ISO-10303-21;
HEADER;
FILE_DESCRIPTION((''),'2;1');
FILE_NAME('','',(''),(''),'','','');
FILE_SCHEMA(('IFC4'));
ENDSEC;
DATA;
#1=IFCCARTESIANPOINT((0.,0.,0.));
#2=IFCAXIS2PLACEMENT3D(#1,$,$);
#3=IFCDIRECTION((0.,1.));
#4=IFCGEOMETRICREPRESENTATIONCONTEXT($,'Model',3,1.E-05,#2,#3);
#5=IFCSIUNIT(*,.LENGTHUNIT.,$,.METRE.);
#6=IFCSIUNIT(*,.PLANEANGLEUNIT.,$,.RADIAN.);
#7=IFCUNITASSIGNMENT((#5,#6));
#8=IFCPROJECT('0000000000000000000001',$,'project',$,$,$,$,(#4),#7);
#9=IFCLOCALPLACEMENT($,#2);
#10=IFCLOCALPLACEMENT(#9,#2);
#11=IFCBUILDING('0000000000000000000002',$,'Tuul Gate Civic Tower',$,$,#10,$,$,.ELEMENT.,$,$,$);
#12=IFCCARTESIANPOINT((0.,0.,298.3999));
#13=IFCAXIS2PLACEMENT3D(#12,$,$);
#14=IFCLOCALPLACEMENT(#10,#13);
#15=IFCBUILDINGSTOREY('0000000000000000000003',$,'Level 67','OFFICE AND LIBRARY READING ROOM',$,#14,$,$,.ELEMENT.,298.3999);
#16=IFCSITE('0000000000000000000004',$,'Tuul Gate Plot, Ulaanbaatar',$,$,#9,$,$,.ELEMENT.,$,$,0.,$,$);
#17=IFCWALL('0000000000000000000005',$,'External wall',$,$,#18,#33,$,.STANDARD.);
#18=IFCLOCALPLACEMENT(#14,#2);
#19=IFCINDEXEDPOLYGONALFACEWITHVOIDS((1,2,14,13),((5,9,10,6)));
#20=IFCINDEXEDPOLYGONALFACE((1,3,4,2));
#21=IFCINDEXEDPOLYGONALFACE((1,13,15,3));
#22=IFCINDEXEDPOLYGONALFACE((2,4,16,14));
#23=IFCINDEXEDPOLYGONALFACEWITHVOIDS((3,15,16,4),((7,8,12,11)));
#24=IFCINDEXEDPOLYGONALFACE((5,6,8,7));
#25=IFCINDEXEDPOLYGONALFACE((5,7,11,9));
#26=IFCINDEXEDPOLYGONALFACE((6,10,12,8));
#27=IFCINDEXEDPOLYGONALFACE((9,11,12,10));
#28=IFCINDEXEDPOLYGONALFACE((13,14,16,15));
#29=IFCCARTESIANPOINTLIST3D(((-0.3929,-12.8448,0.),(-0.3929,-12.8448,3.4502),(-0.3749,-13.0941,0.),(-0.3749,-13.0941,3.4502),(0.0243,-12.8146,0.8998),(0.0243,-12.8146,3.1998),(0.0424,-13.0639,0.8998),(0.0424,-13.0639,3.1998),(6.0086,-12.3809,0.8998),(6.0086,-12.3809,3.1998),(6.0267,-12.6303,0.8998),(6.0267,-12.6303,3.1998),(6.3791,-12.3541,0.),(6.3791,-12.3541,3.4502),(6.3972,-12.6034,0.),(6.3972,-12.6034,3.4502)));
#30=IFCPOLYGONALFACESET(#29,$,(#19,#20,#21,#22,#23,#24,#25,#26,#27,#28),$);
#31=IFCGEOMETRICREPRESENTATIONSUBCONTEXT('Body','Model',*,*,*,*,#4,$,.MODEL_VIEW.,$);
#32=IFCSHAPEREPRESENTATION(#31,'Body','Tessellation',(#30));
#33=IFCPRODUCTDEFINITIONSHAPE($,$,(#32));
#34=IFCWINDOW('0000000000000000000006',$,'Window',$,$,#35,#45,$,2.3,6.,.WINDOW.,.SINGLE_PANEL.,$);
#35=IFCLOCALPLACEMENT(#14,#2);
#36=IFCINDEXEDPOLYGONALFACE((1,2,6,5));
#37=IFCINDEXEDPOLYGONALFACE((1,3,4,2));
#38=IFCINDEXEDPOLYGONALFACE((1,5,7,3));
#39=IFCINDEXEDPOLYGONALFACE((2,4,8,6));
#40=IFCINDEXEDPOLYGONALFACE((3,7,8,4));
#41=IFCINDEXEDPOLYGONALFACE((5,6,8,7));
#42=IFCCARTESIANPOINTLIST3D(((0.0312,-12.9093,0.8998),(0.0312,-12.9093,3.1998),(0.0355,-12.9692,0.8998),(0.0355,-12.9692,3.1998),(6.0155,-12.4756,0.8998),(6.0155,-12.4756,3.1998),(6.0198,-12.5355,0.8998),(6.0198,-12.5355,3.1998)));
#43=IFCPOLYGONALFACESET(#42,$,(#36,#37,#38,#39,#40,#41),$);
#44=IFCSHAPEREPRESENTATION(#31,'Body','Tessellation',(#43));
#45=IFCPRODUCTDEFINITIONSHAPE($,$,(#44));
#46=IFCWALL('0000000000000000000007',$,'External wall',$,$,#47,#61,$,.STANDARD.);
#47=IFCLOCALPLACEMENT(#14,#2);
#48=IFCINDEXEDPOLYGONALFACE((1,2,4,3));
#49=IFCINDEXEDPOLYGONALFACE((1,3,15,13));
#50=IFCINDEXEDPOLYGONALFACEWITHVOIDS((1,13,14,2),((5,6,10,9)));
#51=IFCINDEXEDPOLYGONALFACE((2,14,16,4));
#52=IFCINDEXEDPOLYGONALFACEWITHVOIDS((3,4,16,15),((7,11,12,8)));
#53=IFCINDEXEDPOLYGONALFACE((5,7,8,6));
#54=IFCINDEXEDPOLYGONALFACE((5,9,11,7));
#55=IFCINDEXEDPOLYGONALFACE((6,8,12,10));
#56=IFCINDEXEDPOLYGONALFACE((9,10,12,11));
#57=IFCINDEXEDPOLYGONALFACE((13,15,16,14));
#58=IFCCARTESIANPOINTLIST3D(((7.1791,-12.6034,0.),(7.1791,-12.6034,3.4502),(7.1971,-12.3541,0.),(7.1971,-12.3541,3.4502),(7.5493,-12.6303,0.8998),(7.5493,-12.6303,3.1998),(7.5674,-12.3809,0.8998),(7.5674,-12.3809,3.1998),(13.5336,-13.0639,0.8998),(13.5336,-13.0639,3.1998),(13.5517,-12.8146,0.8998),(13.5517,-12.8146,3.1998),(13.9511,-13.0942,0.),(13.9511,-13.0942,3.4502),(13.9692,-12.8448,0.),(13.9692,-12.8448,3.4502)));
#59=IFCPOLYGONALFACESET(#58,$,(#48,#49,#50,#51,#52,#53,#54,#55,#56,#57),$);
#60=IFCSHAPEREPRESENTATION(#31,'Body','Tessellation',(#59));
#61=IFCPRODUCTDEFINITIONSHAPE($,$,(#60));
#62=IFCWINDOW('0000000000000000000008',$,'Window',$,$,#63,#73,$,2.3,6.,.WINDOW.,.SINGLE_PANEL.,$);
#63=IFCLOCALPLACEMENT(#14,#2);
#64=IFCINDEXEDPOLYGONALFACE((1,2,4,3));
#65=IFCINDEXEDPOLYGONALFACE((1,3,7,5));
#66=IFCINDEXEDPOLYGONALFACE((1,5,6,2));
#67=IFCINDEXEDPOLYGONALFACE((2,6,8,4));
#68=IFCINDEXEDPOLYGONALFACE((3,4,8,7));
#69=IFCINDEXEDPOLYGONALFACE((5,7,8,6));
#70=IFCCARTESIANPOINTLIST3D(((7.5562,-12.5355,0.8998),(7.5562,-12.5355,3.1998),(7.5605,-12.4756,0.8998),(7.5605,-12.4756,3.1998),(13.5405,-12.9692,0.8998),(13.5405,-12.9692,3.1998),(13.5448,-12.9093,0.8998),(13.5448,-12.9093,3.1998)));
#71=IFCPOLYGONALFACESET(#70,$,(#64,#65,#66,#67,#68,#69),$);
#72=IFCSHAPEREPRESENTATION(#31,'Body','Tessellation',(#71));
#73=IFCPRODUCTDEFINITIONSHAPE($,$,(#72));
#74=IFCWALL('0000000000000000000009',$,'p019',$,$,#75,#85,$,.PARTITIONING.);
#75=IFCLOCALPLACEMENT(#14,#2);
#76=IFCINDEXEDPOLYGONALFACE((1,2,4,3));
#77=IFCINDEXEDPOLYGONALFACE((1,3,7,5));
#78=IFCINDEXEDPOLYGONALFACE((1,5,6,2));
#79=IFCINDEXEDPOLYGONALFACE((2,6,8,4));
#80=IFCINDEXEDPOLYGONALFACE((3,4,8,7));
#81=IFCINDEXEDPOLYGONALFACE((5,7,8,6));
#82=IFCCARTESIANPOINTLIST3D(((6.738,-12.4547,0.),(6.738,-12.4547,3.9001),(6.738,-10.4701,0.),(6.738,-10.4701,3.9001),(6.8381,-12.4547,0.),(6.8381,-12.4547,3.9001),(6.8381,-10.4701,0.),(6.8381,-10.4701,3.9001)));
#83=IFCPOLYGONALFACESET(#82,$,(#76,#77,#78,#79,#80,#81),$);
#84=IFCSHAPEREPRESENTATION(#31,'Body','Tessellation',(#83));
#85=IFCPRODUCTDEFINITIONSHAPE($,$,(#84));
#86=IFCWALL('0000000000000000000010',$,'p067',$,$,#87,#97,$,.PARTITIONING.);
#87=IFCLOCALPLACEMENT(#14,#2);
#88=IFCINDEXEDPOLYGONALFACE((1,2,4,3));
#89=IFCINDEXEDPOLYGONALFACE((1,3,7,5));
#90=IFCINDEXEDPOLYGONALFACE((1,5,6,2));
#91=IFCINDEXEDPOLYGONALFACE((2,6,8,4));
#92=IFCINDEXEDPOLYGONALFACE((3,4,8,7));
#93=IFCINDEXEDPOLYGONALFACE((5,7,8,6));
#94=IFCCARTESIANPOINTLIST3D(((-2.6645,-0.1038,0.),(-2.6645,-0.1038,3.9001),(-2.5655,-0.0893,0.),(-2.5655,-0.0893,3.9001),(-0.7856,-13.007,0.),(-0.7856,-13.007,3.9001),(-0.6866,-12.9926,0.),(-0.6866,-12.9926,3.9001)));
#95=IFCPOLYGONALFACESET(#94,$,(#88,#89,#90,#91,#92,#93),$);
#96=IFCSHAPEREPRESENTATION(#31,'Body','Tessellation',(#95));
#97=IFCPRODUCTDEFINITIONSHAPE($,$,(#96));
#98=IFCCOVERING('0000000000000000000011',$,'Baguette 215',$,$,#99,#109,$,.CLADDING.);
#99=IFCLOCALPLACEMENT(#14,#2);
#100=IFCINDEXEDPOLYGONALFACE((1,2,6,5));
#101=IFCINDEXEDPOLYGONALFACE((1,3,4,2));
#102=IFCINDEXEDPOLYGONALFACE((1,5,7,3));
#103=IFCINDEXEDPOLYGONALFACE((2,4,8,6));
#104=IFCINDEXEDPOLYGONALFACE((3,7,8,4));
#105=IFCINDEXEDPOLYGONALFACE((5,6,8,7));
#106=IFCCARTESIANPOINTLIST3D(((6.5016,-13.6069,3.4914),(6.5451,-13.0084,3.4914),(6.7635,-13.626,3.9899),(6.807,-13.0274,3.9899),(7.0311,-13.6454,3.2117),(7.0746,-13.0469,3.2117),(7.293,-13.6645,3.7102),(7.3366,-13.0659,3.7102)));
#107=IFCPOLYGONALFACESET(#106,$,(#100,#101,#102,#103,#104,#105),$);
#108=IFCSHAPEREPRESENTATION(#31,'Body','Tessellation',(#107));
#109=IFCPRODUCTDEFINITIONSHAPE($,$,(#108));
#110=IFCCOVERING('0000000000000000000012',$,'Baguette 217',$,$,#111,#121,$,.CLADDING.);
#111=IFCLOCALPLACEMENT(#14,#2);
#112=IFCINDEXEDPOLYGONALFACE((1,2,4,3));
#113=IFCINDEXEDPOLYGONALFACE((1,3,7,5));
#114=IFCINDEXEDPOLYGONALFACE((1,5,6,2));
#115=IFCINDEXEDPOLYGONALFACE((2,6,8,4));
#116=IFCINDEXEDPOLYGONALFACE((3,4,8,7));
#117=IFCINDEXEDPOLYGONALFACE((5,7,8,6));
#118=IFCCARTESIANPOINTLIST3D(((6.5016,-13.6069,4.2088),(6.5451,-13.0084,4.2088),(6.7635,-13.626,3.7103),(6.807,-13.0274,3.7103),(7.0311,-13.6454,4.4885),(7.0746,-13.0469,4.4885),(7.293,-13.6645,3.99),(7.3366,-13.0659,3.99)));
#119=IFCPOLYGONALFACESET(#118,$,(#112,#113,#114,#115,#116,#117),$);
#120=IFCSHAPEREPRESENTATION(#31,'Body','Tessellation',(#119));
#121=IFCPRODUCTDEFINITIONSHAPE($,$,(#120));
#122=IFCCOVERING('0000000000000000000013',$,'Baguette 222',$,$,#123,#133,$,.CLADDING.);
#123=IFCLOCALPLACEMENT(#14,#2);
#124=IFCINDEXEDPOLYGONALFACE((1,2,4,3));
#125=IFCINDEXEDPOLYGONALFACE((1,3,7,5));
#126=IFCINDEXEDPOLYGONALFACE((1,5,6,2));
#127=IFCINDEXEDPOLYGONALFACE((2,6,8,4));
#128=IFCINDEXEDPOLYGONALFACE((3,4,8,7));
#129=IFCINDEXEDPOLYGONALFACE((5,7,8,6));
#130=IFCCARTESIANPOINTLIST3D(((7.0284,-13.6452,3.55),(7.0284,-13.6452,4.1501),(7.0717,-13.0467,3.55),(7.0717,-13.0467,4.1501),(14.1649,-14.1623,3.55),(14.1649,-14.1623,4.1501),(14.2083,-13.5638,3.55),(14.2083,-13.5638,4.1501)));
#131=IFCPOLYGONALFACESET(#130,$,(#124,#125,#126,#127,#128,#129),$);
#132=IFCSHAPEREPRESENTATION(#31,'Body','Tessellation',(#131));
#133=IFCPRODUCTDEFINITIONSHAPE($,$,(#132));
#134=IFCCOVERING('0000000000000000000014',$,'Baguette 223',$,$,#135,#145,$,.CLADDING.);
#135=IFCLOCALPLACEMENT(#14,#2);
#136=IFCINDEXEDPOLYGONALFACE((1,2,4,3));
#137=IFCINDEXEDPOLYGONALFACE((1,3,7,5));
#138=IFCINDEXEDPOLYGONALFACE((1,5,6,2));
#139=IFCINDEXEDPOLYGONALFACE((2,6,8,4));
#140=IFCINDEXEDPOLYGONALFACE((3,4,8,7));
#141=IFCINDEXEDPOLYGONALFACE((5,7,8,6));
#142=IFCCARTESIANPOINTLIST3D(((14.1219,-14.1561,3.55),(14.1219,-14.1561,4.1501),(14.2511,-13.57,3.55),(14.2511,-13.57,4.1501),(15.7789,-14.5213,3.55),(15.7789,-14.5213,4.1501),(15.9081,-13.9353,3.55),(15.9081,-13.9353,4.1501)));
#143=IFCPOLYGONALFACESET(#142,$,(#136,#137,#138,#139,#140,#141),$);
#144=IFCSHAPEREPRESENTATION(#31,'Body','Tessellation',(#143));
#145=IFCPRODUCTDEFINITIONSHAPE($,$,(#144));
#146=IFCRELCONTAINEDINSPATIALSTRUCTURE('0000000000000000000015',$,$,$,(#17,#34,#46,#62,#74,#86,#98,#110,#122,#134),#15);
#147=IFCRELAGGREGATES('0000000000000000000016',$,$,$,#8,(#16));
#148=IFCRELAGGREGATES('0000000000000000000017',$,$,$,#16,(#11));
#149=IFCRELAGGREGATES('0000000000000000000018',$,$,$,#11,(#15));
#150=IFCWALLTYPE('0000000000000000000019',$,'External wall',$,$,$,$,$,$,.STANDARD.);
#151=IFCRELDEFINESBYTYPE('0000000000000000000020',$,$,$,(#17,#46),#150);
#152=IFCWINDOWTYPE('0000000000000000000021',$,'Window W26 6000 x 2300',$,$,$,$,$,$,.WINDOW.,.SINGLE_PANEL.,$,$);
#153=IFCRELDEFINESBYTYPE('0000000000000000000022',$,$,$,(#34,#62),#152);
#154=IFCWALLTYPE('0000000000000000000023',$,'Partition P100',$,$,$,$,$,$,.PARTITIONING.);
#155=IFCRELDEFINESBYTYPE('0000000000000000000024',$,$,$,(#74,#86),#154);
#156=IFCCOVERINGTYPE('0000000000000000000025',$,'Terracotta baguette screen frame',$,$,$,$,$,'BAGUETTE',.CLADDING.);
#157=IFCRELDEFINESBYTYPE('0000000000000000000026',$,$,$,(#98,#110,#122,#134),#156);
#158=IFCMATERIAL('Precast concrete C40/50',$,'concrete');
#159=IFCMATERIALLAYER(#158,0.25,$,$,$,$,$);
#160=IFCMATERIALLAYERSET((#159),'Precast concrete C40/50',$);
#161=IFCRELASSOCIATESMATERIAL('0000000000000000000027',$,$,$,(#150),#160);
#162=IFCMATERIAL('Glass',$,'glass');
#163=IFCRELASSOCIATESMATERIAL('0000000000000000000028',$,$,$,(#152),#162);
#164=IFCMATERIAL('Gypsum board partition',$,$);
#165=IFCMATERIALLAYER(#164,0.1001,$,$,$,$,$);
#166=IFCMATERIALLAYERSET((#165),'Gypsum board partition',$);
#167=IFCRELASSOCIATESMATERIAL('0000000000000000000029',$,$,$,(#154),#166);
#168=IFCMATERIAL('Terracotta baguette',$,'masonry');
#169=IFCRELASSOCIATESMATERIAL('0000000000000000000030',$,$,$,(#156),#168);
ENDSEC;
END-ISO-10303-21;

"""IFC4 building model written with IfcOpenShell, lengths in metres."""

from ifc_helpers import new_model, si_unit, direction, frame, frame_2d, origin, origin_2d, place, context, subcontext, project, spatial, rectangle, extrude, material, layer, layer_set, material_profile, profile_set, type_object, element, fill, save


model = new_model("IFC4")

# Units and contexts
model_context = context("Model", 3, precision=1e-05, world=origin(), true_north=direction((0.0, 1.0)))
body_context = subcontext(model_context, "Body", "Model", "MODEL_VIEW")
ifc_project = project(units=[si_unit("LENGTHUNIT", "METRE"), si_unit("PLANEANGLEUNIT", "RADIAN")], contexts=[model_context])

# Site, building, storey
site_placement = place(None, origin())
site = spatial("IfcSite", under=ifc_project, at=site_placement, Name="Tuul Gate Plot, Ulaanbaatar", CompositionType="ELEMENT", RefElevation=0.0)
building_placement = place(site_placement, origin())
building = spatial("IfcBuilding", under=site, at=building_placement, Name="Tuul Gate Civic Tower", CompositionType="ELEMENT")
storey_placement = place(building_placement, frame((0.0, 0.0, 298.3999)))
storey = spatial("IfcBuildingStorey", under=building, at=storey_placement, Name="Level 67", Description="OFFICE AND LIBRARY READING ROOM", CompositionType="ELEMENT", Elevation=298.3999)

# Walls, openings, windows
ifc_material_1 = material(Name="Precast concrete C40/50", Category="concrete")
ifc_layer_1 = layer(ifc_material_1, 0.25)
ifc_layer_set_1 = layer_set([ifc_layer_1], Name="Precast concrete C40/50")
wall_type_1 = type_object("IfcWallType", Name="External wall", PredefinedType="STANDARD", material=ifc_layer_set_1)
ifc_material_2 = material(Name="Glass", Category="glass")
window_type = type_object("IfcWindowType", Name="Window W26 6000 x 2300", PartitioningType="SINGLE_PANEL", PredefinedType="WINDOW", material=ifc_material_2)
wall_1_placement = place(storey_placement, frame((-0.384, -12.9695, 0.0), z_axis=(0.0, 0.0, 1.0), x_axis=(0.997385, 0.072274, 0.0)))
wall_1 = element("IfcWall", 1, at=wall_1_placement, inside=storey, type_object=wall_type_1, Name="External wall", PredefinedType="STANDARD", context=body_context, shape_type="SweptSolid", body=[
    extrude(rectangle(XDim=6.7898, YDim=0.25, at=frame_2d((3.395, 0.0))), origin(), (0.0, 0.0, 1.0), 3.4502),
])
opening_1_placement = place(wall_1_placement, frame((0.4185, 0.0, 0.8999)))
opening_1 = element("IfcOpeningElement", 2, at=opening_1_placement, cuts=wall_1, PredefinedType="OPENING", context=body_context, shape_type="SweptSolid", body=[
    extrude(rectangle(XDim=6.0, YDim=2.3, at=frame_2d((3.0, 1.1499))), frame((0.0, 0.135, 0.0), z_axis=(0.0, -1.0, 0.0), x_axis=(1.0, 0.0, 0.0)), (0.0, 0.0, 1.0), 0.27),
])
window_1_placement = place(opening_1_placement, origin())
window_1 = element("IfcWindow", 3, at=window_1_placement, inside=storey, type_object=window_type, Name="Window", OverallHeight=2.3, OverallWidth=6.0, PartitioningType="SINGLE_PANEL", PredefinedType="WINDOW", context=body_context, shape_type="SweptSolid", body=[
    extrude(rectangle(XDim=6.0, YDim=2.3, at=frame_2d((3.0, 1.1499))), frame((0.0, 0.03, 0.0), z_axis=(0.0, -1.0, 0.0), x_axis=(1.0, 0.0, 0.0)), (0.0, 0.0, 1.0), 0.0601),
])
fill(opening_1, window_1)
wall_2_placement = place(storey_placement, frame((7.188, -12.4788, 0.0), z_axis=(0.0, 0.0, 1.0), x_axis=(0.997385, -0.072274, 0.0)))
wall_2 = element("IfcWall", 4, at=wall_2_placement, inside=storey, type_object=wall_type_1, Name="External wall", PredefinedType="STANDARD", context=body_context, shape_type="SweptSolid", body=[
    extrude(rectangle(XDim=6.7898, YDim=0.25, at=frame_2d((3.395, 0.0))), origin(), (0.0, 0.0, 1.0), 3.4502),
])
opening_2_placement = place(wall_2_placement, frame((0.3713, 0.0, 0.8999)))
opening_2 = element("IfcOpeningElement", 5, at=opening_2_placement, cuts=wall_2, PredefinedType="OPENING", context=body_context, shape_type="SweptSolid", body=[
    extrude(rectangle(XDim=6.0, YDim=2.3, at=frame_2d((3.0, 1.1499))), frame((0.0, 0.135, 0.0), z_axis=(0.0, -1.0, 0.0), x_axis=(1.0, 0.0, 0.0)), (0.0, 0.0, 1.0), 0.27),
])
window_2_placement = place(opening_2_placement, origin())
window_2 = element("IfcWindow", 6, at=window_2_placement, inside=storey, type_object=window_type, Name="Window", OverallHeight=2.3, OverallWidth=6.0, PartitioningType="SINGLE_PANEL", PredefinedType="WINDOW", context=body_context, shape_type="SweptSolid", body=[
    extrude(rectangle(XDim=6.0, YDim=2.3, at=frame_2d((3.0, 1.1499))), frame((0.0, 0.03, 0.0), z_axis=(0.0, -1.0, 0.0), x_axis=(1.0, 0.0, 0.0)), (0.0, 0.0, 1.0), 0.0601),
])
fill(opening_2, window_2)

# Walls
ifc_material_3 = material(Name="Gypsum board partition")
ifc_layer_2 = layer(ifc_material_3, 0.1001)
ifc_layer_set_2 = layer_set([ifc_layer_2], Name="Gypsum board partition")
wall_type_2 = type_object("IfcWallType", Name="Partition P100", PredefinedType="PARTITIONING", material=ifc_layer_set_2)
wall_3_placement = place(storey_placement, frame((6.7881, -12.4546, 0.0), z_axis=(0.0, 0.0, 1.0), x_axis=(0.0, 1.0, 0.0)))
element("IfcWall", 7, at=wall_3_placement, inside=storey, type_object=wall_type_2, Name="p019", PredefinedType="PARTITIONING", context=body_context, shape_type="SweptSolid", body=[
    extrude(rectangle(XDim=1.9846, YDim=0.1001, at=frame_2d((0.9922, 0.0))), origin(), (0.0, 0.0, 1.0), 3.9001),
])
wall_4_placement = place(storey_placement, frame((-2.615, -0.0967, 0.0), z_axis=(0.0, 0.0, 1.0), x_axis=(0.144095, -0.989564, 0.0)))
element("IfcWall", 8, at=wall_4_placement, inside=storey, type_object=wall_type_2, Name="p067", PredefinedType="PARTITIONING", context=body_context, shape_type="SweptSolid", body=[
    extrude(rectangle(XDim=13.0393, YDim=0.1001, at=frame_2d((6.5195, 0.0))), origin(), (0.0, 0.0, 1.0), 3.9001),
])

# Coverings
ifc_material_4 = material(Name="Terracotta baguette", Category="masonry")
ifc_material_profile_1 = material_profile(ifc_material_4, rectangle(XDim=0.6001, YDim=0.6001, at=origin_2d()), Name="Terracotta baguette screen frame")
ifc_profile_set_1 = profile_set([ifc_material_profile_1], Name="Terracotta baguette")
covering_type = type_object("IfcCoveringType", Name="Terracotta baguette screen frame", ElementType="BAGUETTE", PredefinedType="CLADDING", material=ifc_profile_set_1)
for number, where, z_axis, x_axis, name in (
    (9, (6.7881, -13.3269, 3.3516), (0.464891, -0.033795, 0.884723), (0.072502, 0.997368, 0.0), "Baguette 215"),
    (10, (6.7881, -13.3269, 4.3486), (0.464891, -0.033795, -0.884723), (0.072502, 0.997368, 0.0), "Baguette 217"),
):
    element("IfcCovering", number, at=place(storey_placement, frame(where, z_axis=z_axis, x_axis=x_axis)), inside=storey, type_object=covering_type, Name=name, PredefinedType="CLADDING", context=body_context, shape_type="SweptSolid", body=[
        extrude(rectangle(XDim=0.6001, YDim=0.6001, at=origin_2d()), origin(), (0.0, 0.0, 1.0), 0.5635),
    ])
covering_1_placement = place(storey_placement, frame((7.05, -13.3459, 3.8501), z_axis=(0.997385, -0.072268, 0.0), x_axis=(0.072268, 0.997385, 0.0)))
element("IfcCovering", 11, at=covering_1_placement, inside=storey, type_object=covering_type, Name="Baguette 222", PredefinedType="CLADDING", context=body_context, shape_type="SweptSolid", body=[
    extrude(rectangle(XDim=0.6001, YDim=0.6001, at=origin_2d()), origin(), (0.0, 0.0, 1.0), 7.1553),
])
covering_2_placement = place(storey_placement, frame((14.1865, -13.863, 3.8501), z_axis=(0.976558, -0.215254, 0.0), x_axis=(0.215254, 0.976558, 0.0)))
element("IfcCovering", 12, at=covering_2_placement, inside=storey, type_object=covering_type, Name="Baguette 223", PredefinedType="CLADDING", context=body_context, shape_type="SweptSolid", body=[
    extrude(rectangle(XDim=0.6001, YDim=0.6001, at=origin_2d()), origin(), (0.0, 0.0, 1.0), 1.6968),
])

save(model, "model.ifc")
